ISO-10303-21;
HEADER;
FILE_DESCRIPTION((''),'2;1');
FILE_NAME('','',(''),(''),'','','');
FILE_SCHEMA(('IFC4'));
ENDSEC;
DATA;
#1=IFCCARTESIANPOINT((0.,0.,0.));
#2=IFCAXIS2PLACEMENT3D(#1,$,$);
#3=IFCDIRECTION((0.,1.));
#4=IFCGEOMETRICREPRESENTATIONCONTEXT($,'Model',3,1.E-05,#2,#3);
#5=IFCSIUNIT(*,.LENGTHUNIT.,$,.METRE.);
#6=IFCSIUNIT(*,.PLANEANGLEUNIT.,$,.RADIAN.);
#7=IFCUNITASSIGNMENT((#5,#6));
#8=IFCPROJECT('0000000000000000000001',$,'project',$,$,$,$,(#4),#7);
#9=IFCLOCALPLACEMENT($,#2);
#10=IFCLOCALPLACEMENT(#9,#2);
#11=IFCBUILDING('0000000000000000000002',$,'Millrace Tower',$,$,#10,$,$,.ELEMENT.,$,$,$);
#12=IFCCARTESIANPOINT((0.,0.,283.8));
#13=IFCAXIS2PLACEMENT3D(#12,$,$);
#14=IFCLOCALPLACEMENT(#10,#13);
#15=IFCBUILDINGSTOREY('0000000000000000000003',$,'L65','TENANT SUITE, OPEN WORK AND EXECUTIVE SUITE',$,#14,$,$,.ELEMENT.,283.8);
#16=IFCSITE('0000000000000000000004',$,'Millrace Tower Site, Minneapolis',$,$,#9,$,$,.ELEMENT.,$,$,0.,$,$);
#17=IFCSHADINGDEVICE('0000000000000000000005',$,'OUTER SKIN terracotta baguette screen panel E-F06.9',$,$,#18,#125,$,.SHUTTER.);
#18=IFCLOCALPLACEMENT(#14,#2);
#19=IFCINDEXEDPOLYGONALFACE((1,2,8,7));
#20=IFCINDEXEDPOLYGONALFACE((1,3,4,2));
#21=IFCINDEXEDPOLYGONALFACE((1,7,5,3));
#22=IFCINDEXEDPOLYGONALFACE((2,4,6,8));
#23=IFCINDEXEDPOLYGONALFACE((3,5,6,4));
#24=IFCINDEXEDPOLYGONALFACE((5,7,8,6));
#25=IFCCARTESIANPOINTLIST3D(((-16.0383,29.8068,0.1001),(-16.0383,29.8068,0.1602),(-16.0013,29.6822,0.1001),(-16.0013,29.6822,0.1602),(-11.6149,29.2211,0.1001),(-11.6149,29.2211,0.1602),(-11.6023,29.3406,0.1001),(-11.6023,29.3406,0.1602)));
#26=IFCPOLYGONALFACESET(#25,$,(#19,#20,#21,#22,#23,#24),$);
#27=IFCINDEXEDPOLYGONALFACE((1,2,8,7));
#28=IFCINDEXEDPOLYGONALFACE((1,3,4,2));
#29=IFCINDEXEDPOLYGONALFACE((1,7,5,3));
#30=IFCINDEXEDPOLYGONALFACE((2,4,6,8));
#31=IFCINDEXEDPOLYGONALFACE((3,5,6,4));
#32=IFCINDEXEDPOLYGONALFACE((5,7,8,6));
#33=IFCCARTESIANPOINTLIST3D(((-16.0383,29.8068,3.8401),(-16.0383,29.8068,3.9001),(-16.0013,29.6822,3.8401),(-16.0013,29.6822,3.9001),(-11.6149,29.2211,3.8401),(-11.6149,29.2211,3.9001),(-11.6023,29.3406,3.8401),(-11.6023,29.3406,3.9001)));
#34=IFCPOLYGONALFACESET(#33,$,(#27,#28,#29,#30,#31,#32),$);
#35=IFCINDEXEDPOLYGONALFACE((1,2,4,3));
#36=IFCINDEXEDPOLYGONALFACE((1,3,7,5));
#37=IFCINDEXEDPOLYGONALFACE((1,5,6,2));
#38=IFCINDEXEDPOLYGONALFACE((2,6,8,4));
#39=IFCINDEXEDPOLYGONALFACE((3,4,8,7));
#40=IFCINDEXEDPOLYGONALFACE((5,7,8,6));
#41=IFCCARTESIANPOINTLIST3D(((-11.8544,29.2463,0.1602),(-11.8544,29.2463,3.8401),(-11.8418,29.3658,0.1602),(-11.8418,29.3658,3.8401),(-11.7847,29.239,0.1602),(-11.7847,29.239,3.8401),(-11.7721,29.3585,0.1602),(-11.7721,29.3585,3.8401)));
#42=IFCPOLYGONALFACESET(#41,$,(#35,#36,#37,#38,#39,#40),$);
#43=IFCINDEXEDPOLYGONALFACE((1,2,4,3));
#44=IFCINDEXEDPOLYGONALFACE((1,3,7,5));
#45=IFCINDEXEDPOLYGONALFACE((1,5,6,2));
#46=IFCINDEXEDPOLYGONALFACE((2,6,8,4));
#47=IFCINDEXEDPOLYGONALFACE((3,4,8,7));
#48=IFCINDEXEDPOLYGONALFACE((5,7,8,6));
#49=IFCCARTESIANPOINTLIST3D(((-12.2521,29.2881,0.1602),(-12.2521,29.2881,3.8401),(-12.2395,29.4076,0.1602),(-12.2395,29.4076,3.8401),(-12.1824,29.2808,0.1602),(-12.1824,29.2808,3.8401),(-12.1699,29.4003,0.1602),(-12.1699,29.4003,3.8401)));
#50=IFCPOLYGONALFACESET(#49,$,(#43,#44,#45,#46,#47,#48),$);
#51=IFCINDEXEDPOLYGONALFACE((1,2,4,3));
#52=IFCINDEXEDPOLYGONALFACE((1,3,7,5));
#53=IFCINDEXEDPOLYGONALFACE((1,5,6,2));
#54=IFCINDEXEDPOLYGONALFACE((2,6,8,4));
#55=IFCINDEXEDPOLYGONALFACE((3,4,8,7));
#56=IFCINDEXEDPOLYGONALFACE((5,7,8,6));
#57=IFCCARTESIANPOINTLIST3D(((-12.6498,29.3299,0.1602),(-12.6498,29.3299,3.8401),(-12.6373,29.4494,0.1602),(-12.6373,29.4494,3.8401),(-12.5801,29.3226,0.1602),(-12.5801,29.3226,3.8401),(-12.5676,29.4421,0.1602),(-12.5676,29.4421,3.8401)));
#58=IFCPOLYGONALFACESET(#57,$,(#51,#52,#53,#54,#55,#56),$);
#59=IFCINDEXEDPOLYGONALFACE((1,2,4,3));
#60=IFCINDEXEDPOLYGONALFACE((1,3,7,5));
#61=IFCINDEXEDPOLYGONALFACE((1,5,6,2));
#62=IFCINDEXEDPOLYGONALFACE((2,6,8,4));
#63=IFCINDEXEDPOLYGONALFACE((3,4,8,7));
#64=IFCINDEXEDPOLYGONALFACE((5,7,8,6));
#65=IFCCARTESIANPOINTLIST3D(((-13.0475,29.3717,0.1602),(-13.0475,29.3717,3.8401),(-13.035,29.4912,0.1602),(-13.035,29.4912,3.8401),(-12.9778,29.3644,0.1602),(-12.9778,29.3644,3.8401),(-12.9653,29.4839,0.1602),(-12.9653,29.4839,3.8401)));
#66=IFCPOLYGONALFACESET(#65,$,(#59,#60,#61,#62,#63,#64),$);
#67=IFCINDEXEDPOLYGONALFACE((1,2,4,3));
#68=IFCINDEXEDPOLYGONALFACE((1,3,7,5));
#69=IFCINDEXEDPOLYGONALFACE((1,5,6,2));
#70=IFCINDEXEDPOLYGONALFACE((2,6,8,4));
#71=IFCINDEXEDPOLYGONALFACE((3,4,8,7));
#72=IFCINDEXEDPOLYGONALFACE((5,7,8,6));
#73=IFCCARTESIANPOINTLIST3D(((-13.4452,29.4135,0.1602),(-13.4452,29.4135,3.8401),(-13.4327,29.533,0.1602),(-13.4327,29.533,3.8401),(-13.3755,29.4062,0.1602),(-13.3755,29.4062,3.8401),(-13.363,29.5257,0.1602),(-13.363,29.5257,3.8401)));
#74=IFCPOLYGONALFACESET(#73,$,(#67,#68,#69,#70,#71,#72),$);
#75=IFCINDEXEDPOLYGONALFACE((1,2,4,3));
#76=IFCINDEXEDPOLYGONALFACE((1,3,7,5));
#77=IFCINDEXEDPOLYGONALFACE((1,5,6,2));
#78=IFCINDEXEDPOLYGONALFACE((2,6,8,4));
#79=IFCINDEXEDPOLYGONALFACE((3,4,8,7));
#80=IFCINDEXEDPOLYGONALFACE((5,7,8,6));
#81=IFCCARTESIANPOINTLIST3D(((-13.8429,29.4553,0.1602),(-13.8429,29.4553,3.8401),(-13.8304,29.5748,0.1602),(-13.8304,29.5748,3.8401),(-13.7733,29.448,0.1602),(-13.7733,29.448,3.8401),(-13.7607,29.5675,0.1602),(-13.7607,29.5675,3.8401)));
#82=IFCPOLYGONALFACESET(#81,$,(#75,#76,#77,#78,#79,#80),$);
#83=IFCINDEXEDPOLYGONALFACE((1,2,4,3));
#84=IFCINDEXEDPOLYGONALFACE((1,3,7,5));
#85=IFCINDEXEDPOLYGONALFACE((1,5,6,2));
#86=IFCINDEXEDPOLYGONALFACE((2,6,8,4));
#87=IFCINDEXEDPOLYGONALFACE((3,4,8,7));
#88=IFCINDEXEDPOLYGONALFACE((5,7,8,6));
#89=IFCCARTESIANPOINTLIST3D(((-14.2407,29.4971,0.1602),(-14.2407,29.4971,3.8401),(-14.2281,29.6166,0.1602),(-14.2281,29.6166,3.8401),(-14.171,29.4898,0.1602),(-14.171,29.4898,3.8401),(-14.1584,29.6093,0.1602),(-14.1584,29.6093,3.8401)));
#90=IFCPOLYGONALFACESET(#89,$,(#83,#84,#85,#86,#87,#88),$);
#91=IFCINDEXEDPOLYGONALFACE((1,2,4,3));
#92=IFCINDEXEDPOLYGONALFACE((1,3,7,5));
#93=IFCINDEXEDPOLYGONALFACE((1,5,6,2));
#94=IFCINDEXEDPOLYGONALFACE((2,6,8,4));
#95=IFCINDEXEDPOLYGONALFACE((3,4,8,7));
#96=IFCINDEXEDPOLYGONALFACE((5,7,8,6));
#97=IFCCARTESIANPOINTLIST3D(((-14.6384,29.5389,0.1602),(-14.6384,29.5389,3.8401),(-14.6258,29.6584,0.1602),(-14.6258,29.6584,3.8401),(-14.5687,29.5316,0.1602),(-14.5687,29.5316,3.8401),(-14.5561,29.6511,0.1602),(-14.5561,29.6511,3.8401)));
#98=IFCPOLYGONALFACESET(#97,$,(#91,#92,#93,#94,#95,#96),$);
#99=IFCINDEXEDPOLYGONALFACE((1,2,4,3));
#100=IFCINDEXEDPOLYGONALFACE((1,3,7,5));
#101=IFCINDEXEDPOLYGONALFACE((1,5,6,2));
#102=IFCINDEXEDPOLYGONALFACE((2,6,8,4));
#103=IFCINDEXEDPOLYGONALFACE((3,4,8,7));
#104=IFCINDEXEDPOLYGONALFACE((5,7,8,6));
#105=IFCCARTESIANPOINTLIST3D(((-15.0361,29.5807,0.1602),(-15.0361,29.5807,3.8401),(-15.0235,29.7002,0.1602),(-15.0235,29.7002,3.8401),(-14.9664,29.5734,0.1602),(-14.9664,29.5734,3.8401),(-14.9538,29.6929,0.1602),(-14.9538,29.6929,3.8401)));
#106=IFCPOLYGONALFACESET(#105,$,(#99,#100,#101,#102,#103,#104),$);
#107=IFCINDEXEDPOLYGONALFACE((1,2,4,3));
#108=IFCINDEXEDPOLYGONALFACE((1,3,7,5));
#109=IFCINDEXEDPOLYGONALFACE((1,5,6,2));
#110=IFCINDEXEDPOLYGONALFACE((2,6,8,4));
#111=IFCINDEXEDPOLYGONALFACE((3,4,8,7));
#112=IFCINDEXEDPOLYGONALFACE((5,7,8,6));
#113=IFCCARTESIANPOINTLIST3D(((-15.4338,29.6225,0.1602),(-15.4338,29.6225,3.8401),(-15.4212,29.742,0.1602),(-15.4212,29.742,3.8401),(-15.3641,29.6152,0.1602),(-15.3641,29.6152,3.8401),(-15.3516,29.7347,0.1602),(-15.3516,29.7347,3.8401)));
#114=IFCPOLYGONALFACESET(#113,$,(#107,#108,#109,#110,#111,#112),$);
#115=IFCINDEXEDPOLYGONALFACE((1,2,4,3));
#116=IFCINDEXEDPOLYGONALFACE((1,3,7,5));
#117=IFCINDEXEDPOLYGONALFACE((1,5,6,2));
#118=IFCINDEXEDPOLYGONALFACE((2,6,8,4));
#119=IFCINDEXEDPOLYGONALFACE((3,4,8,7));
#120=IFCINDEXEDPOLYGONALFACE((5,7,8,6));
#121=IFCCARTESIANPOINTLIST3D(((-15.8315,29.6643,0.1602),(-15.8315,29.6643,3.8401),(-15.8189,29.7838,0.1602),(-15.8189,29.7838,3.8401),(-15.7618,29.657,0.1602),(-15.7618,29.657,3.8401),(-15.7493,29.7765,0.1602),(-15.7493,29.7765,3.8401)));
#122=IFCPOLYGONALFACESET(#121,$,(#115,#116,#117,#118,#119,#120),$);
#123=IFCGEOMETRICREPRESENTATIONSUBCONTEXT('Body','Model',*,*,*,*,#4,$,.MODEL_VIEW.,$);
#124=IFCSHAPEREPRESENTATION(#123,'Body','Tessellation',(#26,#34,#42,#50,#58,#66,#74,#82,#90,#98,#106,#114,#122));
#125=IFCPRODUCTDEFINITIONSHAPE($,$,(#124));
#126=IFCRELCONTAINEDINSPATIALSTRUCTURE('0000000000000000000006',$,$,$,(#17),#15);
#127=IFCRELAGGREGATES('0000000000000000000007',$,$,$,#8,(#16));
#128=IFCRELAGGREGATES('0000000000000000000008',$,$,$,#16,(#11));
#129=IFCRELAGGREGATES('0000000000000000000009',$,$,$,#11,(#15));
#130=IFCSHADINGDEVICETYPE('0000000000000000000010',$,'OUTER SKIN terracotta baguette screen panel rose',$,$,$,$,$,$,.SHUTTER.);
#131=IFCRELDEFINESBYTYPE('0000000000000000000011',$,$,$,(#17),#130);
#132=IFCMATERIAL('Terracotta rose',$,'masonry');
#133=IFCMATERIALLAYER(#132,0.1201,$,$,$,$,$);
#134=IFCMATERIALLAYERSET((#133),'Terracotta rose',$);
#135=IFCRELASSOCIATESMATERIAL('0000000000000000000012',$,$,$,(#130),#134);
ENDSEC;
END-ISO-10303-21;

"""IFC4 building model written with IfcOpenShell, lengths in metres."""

from ifc_helpers import new_model, entity, si_unit, direction, frame, frame_2d, origin, place, context, subcontext, project, spatial, rectangle, extrude, source, transform, mapped, material, layer, layer_set, type_object, element, save


model = new_model("IFC4")

# Units and contexts
model_context = context("Model", 3, precision=1e-05, world=origin(), true_north=direction((0.0, 1.0)))
body_context = subcontext(model_context, "Body", "Model", "MODEL_VIEW")
ifc_project = project(units=[si_unit("LENGTHUNIT", "METRE"), si_unit("PLANEANGLEUNIT", "RADIAN")], contexts=[model_context])

# Site, building, storey
site_placement = place(None, origin())
site = spatial("IfcSite", under=ifc_project, at=site_placement, Name="Millrace Tower Site, Minneapolis", CompositionType="ELEMENT", RefElevation=0.0)
building_placement = place(site_placement, origin())
building = spatial("IfcBuilding", under=site, at=building_placement, Name="Millrace Tower", CompositionType="ELEMENT")
storey_placement = place(building_placement, frame((0.0, 0.0, 283.8)))
storey = spatial("IfcBuildingStorey", under=building, at=storey_placement, Name="L65", Description="TENANT SUITE, OPEN WORK AND EXECUTIVE SUITE", CompositionType="ELEMENT", Elevation=283.8)

# Shading device
ifc_material_1 = material(Name="Terracotta rose", Category="masonry")
ifc_layer_1 = layer(ifc_material_1, 0.1201)
ifc_layer_set_1 = layer_set([ifc_layer_1], Name="Terracotta rose")
shading_device_type = type_object("IfcShadingDeviceType", Name="OUTER SKIN terracotta baguette screen panel rose", PredefinedType="SHUTTER", material=ifc_layer_set_1)
cartesian_point_1 = entity("IfcCartesianPoint", [-2.2178, 0.0601])
shared_polyline_1 = entity("IfcPolyline", [cartesian_point_1, entity("IfcCartesianPoint", [2.1929, 0.0601]), entity("IfcCartesianPoint", [2.2427, -0.0601]), entity("IfcCartesianPoint", [-2.2178, -0.0601]), cartesian_point_1])
shared_shape_1 = source(origin(), body_context, "Body", "SweptSolid", [
    entity("IfcExtrudedAreaSolid", entity("IfcArbitraryClosedProfileDef", "AREA", None, shared_polyline_1), entity("IfcAxis2Placement3D", entity("IfcCartesianPoint", [0.0, 0.0, 0.0])), entity("IfcDirection", [0.0, 0.0, 1.0]), 0.0601),
    entity("IfcExtrudedAreaSolid", entity("IfcArbitraryClosedProfileDef", "AREA", None, shared_polyline_1), entity("IfcAxis2Placement3D", entity("IfcCartesianPoint", [0.0, 0.0, 3.74])), entity("IfcDirection", [0.0, 0.0, 1.0]), 0.0601),
    extrude(rectangle(XDim=0.0701, YDim=0.1201, at=frame_2d((-2.012, 0.0))), frame((0.0, 0.0, 0.0601)), (0.0, 0.0, 1.0), 3.6799),
    extrude(rectangle(XDim=0.0701, YDim=0.1201, at=frame_2d((-1.6121, 0.0))), frame((0.0, 0.0, 0.0601)), (0.0, 0.0, 1.0), 3.6799),
    extrude(rectangle(XDim=0.0701, YDim=0.1201, at=frame_2d((-1.2122, 0.0))), frame((0.0, 0.0, 0.0601)), (0.0, 0.0, 1.0), 3.6799),
    extrude(rectangle(XDim=0.0701, YDim=0.1201, at=frame_2d((-0.8123, 0.0))), frame((0.0, 0.0, 0.0601)), (0.0, 0.0, 1.0), 3.6799),
    extrude(rectangle(XDim=0.0701, YDim=0.1201, at=frame_2d((-0.4124, 0.0))), frame((0.0, 0.0, 0.0601)), (0.0, 0.0, 1.0), 3.6799),
    extrude(rectangle(XDim=0.0701, YDim=0.1201, at=frame_2d((-0.0125, 0.0))), frame((0.0, 0.0, 0.0601)), (0.0, 0.0, 1.0), 3.6799),
    extrude(rectangle(XDim=0.0701, YDim=0.1201, at=frame_2d((0.3875, 0.0))), frame((0.0, 0.0, 0.0601)), (0.0, 0.0, 1.0), 3.6799),
    extrude(rectangle(XDim=0.0701, YDim=0.1201, at=frame_2d((0.7874, 0.0))), frame((0.0, 0.0, 0.0601)), (0.0, 0.0, 1.0), 3.6799),
    extrude(rectangle(XDim=0.0701, YDim=0.1201, at=frame_2d((1.1873, 0.0))), frame((0.0, 0.0, 0.0601)), (0.0, 0.0, 1.0), 3.6799),
    extrude(rectangle(XDim=0.0701, YDim=0.1201, at=frame_2d((1.5872, 0.0))), frame((0.0, 0.0, 0.0601)), (0.0, 0.0, 1.0), 3.6799),
    extrude(rectangle(XDim=0.0701, YDim=0.1201, at=frame_2d((1.9871, 0.0))), frame((0.0, 0.0, 0.0601)), (0.0, 0.0, 1.0), 3.6799),
])
shading_device_placement = place(storey_placement, frame((-13.8142, 29.5127, 0.1001), z_axis=(0.0, 0.0, 1.0), x_axis=(-0.994522, 0.104528, 0.0)))
element("IfcShadingDevice", 1, at=shading_device_placement, inside=storey, type_object=shading_device_type, Name="OUTER SKIN terracotta baguette screen panel E-F06.9", PredefinedType="SHUTTER", context=body_context, shape_type="MappedRepresentation", body=[
    mapped(shared_shape_1, transform((0.0, 0.0, 0.0), scale=1.0)),
])

save(model, "model.ifc")
